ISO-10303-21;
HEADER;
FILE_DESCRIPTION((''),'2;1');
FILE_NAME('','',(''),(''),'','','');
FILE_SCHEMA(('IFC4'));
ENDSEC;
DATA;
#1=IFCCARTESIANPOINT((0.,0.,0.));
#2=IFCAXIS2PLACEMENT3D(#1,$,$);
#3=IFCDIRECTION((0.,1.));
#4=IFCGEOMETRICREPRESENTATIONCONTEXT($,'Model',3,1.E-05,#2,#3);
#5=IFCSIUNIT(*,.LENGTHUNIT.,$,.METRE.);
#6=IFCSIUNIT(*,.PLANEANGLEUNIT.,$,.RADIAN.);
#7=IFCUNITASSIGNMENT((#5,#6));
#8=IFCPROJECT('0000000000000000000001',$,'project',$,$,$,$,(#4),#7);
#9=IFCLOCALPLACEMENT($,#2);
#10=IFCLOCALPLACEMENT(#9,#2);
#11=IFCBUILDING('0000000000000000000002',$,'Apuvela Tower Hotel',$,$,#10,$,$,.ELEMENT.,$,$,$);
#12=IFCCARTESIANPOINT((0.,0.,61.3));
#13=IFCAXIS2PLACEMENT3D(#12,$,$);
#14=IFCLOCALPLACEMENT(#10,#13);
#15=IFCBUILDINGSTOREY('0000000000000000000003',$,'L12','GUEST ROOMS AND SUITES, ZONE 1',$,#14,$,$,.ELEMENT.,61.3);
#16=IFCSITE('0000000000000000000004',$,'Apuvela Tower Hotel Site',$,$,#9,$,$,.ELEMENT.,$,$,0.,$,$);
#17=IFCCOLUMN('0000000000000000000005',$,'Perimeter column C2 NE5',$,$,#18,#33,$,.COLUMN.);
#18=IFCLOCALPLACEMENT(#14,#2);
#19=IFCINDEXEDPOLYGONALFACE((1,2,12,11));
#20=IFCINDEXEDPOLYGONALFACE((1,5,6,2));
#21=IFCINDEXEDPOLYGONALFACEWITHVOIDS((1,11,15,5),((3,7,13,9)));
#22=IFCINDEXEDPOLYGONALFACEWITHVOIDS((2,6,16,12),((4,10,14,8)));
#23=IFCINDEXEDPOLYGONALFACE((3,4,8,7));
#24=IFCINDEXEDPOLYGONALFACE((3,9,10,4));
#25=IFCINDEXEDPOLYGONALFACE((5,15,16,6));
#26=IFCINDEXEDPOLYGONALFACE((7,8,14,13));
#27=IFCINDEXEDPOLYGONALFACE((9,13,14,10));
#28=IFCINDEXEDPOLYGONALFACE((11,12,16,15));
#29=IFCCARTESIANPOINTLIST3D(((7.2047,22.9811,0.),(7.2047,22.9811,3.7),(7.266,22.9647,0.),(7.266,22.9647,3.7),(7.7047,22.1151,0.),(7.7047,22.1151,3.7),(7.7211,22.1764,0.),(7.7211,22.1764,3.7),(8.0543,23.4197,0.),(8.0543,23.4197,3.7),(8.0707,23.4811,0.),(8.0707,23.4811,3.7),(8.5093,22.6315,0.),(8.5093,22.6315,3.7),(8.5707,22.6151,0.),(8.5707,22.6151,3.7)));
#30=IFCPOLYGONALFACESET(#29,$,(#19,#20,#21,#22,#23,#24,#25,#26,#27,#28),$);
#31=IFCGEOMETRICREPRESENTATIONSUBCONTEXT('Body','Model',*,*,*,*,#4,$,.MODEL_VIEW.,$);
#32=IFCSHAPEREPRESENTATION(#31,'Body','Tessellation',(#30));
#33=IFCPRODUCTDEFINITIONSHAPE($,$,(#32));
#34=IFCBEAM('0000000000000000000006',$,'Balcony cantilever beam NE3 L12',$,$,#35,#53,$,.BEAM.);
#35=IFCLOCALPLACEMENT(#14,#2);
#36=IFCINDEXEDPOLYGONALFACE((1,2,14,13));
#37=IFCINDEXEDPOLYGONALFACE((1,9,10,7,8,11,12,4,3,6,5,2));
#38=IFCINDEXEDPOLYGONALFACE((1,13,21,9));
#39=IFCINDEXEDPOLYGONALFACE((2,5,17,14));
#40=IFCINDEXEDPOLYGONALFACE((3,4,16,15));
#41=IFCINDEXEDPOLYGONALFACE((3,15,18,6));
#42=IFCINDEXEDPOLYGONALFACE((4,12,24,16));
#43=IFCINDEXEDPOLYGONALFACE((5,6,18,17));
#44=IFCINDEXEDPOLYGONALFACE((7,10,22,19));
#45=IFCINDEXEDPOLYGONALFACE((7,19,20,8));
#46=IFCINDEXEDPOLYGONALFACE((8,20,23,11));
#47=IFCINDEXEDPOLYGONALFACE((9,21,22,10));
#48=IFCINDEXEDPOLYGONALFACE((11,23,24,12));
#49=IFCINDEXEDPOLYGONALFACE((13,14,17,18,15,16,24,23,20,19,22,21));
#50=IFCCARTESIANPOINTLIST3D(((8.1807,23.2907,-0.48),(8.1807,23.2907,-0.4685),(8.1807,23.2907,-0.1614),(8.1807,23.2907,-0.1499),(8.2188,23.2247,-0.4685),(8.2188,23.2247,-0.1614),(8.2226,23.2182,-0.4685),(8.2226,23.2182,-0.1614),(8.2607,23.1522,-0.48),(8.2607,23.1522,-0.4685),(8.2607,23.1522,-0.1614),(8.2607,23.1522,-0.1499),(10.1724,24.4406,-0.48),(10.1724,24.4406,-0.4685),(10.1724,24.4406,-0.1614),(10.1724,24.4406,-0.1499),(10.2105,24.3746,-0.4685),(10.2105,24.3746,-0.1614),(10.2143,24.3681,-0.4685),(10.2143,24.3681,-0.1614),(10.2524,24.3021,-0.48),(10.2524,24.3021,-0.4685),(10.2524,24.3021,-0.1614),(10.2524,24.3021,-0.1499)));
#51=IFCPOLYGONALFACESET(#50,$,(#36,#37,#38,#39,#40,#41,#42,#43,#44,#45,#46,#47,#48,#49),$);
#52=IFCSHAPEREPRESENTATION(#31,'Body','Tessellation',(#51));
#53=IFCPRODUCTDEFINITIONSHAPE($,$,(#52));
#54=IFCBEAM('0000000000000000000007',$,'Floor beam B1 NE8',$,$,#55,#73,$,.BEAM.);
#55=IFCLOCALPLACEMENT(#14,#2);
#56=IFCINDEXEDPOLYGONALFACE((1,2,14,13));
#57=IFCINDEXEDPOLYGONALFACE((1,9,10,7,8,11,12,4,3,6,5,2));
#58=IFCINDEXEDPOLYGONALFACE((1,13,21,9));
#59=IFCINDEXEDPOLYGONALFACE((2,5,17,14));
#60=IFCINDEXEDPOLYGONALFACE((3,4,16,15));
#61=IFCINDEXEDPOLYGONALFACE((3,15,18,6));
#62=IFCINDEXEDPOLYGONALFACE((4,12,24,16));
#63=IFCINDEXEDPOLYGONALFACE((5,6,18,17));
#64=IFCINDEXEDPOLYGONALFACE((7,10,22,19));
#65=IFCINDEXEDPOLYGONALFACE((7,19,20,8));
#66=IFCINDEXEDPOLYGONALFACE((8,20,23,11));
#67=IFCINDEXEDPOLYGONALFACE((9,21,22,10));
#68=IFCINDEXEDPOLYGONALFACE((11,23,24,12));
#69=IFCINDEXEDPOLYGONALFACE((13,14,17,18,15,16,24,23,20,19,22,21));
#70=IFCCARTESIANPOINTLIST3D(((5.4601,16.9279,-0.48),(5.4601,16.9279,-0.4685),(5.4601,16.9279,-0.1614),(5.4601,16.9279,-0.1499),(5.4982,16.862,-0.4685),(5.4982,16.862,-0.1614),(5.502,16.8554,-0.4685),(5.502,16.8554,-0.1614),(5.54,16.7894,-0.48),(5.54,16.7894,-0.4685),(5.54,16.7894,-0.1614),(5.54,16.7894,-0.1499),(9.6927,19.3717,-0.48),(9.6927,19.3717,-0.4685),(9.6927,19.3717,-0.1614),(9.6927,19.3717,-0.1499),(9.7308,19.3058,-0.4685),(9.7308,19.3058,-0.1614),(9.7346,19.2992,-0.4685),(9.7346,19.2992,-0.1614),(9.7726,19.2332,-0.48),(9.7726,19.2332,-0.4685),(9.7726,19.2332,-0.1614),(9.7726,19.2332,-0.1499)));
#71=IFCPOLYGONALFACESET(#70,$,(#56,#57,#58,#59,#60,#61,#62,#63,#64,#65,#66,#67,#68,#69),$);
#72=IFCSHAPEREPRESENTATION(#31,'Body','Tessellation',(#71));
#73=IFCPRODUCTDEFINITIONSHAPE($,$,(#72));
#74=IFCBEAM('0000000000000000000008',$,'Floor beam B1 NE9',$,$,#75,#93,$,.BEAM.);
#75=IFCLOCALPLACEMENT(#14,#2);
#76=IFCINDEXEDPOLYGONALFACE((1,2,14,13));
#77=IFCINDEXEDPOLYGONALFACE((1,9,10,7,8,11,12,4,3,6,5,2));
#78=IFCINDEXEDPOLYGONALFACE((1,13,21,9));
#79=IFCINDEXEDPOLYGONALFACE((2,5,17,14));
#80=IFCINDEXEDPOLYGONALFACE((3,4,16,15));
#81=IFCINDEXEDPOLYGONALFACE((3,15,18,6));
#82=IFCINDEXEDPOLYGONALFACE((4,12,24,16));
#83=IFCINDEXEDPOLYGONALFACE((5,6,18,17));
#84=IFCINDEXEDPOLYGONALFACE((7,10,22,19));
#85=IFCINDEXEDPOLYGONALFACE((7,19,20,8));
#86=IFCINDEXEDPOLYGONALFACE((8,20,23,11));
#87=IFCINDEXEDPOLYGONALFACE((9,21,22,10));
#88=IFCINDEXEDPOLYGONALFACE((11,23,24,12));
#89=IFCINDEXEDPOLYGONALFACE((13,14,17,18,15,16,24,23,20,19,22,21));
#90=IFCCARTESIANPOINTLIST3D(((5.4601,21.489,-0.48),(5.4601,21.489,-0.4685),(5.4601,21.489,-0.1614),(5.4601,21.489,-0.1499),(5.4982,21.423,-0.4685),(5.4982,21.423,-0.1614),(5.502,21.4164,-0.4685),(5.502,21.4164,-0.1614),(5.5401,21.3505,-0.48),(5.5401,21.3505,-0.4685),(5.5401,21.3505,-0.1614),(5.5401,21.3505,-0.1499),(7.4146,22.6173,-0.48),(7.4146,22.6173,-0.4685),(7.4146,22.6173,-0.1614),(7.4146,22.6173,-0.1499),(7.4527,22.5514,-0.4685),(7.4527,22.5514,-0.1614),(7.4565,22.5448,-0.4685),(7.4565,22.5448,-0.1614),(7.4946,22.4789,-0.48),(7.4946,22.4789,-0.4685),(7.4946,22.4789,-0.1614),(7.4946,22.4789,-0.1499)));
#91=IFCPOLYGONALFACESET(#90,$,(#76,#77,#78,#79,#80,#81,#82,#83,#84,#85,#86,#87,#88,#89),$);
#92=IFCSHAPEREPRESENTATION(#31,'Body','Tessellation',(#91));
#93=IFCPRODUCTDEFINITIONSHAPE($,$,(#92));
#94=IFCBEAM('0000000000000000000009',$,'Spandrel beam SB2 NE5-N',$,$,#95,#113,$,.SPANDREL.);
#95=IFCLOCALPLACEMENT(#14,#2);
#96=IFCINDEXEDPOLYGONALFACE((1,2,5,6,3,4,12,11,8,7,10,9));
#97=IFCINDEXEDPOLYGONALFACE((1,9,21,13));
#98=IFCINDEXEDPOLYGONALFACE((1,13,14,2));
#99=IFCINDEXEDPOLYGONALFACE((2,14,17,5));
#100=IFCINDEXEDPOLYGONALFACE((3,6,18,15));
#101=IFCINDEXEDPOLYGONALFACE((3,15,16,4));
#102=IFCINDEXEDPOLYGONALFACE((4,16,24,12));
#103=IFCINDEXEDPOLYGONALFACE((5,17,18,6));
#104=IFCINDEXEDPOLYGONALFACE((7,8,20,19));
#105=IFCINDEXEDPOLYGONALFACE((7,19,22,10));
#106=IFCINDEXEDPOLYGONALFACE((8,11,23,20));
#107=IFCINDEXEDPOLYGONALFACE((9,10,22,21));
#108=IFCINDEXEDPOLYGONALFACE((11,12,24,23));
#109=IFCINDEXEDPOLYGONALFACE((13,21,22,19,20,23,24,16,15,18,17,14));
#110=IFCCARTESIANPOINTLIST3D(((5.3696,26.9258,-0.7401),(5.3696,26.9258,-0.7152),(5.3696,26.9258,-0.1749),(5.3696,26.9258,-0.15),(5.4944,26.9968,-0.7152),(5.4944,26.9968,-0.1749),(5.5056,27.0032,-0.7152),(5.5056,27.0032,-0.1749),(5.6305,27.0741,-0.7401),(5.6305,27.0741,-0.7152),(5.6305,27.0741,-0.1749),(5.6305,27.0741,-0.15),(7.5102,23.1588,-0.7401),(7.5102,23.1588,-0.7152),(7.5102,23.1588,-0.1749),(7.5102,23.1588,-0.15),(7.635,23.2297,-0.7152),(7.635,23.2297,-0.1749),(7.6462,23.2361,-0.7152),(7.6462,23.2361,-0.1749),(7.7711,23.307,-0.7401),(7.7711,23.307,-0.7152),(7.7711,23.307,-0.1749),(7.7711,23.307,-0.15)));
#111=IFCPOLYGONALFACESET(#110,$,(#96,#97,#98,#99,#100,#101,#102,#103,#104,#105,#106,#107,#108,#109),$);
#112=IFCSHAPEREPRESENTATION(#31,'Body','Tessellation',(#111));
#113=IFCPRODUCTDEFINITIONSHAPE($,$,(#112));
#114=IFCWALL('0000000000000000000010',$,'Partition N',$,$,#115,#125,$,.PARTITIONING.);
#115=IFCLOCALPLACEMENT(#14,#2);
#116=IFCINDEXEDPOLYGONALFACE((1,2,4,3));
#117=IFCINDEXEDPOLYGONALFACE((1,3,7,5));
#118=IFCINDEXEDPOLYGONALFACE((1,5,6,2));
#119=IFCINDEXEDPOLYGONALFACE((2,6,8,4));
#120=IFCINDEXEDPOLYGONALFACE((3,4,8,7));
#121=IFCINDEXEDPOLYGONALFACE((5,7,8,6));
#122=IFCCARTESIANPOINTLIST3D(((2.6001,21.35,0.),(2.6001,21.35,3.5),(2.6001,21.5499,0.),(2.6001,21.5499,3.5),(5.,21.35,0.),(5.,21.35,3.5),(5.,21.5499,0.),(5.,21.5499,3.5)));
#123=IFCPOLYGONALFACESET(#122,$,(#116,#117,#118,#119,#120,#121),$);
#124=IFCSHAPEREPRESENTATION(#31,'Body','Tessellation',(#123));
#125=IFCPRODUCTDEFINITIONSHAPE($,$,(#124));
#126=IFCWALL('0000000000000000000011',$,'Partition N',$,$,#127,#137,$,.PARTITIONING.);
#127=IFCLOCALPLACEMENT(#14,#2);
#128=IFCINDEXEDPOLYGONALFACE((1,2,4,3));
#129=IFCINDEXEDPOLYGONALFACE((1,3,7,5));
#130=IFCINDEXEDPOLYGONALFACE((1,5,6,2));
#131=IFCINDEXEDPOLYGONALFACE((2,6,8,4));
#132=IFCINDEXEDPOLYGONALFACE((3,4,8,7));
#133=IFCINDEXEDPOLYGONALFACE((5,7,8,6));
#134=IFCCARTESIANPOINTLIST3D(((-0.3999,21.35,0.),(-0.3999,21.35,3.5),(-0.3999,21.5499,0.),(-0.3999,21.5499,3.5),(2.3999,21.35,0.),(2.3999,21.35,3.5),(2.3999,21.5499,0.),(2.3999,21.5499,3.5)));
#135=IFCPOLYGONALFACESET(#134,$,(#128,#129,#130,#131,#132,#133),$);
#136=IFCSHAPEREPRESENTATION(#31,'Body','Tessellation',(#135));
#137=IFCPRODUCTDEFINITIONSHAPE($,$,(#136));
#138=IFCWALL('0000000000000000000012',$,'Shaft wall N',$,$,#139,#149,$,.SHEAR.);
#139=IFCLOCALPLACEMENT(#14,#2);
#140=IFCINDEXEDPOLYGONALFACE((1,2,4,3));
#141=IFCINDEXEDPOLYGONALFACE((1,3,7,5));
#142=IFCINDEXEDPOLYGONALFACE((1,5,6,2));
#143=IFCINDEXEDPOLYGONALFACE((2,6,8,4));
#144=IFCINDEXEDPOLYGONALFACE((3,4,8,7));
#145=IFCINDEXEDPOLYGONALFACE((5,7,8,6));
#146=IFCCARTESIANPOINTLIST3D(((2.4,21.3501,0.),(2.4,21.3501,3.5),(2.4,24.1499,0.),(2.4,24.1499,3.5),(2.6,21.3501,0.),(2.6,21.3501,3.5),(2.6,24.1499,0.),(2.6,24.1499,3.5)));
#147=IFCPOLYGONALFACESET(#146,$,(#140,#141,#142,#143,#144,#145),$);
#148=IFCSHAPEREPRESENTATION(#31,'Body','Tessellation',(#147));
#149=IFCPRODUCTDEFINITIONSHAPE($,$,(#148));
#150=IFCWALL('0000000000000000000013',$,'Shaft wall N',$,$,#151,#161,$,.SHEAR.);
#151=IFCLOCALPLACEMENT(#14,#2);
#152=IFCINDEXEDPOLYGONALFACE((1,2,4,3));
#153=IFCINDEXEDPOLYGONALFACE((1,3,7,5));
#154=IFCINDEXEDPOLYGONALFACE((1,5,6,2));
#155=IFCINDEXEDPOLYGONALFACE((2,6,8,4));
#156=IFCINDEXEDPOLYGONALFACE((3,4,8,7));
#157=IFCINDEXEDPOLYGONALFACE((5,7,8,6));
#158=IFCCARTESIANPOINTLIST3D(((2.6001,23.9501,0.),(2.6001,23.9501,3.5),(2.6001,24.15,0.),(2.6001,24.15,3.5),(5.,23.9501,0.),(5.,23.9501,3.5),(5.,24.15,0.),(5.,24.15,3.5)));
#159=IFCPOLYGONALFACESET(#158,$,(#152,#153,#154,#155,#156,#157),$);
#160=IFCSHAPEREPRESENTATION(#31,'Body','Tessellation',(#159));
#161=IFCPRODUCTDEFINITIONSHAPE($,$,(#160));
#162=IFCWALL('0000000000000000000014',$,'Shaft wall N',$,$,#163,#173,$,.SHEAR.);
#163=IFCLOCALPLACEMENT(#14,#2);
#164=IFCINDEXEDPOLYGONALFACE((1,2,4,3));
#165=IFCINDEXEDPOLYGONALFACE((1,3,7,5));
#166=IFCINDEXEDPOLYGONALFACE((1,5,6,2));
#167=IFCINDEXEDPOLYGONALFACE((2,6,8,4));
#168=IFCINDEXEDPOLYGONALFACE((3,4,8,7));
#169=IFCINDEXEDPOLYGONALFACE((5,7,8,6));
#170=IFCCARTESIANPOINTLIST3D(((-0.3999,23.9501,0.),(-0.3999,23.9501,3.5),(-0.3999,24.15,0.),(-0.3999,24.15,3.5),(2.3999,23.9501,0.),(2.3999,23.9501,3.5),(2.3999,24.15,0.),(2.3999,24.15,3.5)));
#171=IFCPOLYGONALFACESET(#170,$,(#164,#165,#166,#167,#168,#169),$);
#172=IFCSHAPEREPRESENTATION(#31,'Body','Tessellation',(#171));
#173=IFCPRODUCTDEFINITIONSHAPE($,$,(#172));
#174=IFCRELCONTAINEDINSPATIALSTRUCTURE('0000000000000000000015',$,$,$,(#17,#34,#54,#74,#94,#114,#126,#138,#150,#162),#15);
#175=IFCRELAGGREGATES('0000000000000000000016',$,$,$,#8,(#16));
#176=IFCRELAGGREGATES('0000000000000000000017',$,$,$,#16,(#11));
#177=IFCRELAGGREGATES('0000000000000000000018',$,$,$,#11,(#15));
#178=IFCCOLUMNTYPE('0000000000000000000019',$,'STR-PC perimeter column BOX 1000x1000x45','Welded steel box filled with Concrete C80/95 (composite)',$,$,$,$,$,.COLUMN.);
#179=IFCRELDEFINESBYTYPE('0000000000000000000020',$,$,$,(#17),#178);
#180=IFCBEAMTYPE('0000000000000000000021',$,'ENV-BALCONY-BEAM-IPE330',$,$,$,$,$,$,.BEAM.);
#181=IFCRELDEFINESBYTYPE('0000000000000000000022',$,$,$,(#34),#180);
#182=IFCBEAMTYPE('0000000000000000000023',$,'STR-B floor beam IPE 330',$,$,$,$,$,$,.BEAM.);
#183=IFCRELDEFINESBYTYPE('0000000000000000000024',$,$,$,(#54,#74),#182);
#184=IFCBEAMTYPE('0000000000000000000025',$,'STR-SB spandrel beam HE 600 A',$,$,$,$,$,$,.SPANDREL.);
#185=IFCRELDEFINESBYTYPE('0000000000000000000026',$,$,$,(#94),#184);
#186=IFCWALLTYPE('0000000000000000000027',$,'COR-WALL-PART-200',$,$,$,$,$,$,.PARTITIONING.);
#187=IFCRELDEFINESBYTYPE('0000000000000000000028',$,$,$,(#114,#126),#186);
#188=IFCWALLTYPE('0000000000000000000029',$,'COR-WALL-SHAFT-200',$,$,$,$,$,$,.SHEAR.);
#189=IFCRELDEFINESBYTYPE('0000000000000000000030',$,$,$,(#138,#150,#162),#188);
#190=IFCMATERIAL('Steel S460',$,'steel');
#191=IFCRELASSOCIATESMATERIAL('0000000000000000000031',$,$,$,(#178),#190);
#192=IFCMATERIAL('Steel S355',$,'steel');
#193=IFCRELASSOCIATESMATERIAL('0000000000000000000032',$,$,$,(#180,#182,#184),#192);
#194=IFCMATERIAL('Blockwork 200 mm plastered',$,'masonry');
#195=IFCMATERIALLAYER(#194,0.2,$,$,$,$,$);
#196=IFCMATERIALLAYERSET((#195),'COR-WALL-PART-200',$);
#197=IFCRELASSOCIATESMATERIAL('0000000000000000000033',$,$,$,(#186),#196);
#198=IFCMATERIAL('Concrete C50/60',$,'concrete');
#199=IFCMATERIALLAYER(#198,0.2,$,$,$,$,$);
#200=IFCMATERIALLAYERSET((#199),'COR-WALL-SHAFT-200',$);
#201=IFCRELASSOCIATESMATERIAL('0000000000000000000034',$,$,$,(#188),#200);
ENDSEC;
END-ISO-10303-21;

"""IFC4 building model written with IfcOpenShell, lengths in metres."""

from ifc_helpers import new_model, si_unit, direction, frame, frame_2d, origin, origin_2d, place, context, subcontext, project, spatial, rectangle, hollow_rectangle, i_section, extrude, material, layer, layer_set, material_profile, profile_set, type_object, element, save


model = new_model("IFC4")

# Units and contexts
model_context = context("Model", 3, precision=1e-05, world=origin(), true_north=direction((0.0, 1.0)))
body_context = subcontext(model_context, "Body", "Model", "MODEL_VIEW")
ifc_project = project(units=[si_unit("LENGTHUNIT", "METRE"), si_unit("PLANEANGLEUNIT", "RADIAN")], contexts=[model_context])

# Site, building, storey
site_placement = place(None, origin())
site = spatial("IfcSite", under=ifc_project, at=site_placement, Name="Apuvela Tower Hotel Site", CompositionType="ELEMENT", RefElevation=0.0)
building_placement = place(site_placement, origin())
building = spatial("IfcBuilding", under=site, at=building_placement, Name="Apuvela Tower Hotel", CompositionType="ELEMENT")
storey_placement = place(building_placement, frame((0.0, 0.0, 61.3)))
storey = spatial("IfcBuildingStorey", under=building, at=storey_placement, Name="L12", Description="GUEST ROOMS AND SUITES, ZONE 1", CompositionType="ELEMENT", Elevation=61.3)

# Column
ifc_material_1 = material(Name="Steel S460", Category="steel")
ifc_material_profile_1 = material_profile(ifc_material_1, hollow_rectangle(XDim=1.0, YDim=1.0, WallThickness=0.0449, at=origin_2d()), Name="BOX 1000x1000x45")
ifc_material_2 = material(Name="Concrete C80/95", Category="concrete")
ifc_material_profile_2 = material_profile(ifc_material_2, rectangle(XDim=0.9099, YDim=0.9099, at=origin_2d()), Name="Concrete C80/95 infill")
ifc_profile_set_1 = profile_set([ifc_material_profile_1, ifc_material_profile_2], Name="Steel S460")
column_type = type_object("IfcColumnType", Name="STR-PC perimeter column BOX 1000x1000x45", Description="Welded steel box filled with Concrete C80/95 (composite)", PredefinedType="COLUMN", material=ifc_profile_set_1)
column_placement = place(storey_placement, frame((7.8877, 22.7981, 0.0), z_axis=(0.0, 0.0, 1.0), x_axis=(-0.5, 0.866025, 0.0)))
element("IfcColumn", 1, at=column_placement, inside=storey, type_object=column_type, Name="Perimeter column C2 NE5", PredefinedType="COLUMN", context=body_context, shape_type="SweptSolid", body=[
    extrude(hollow_rectangle(XDim=1.0, YDim=1.0, WallThickness=0.0449, at=origin_2d()), origin(), (0.0, 0.0, 1.0), 3.7),
])

# Beams
ifc_material_3 = material(Name="Steel S355", Category="steel")
ifc_material_profile_3 = material_profile(ifc_material_3, i_section(OverallWidth=0.1599, OverallDepth=0.3301, WebThickness=0.0076, FlangeThickness=0.0115, at=origin_2d()), Name="IPE 330")
ifc_profile_set_2 = profile_set([ifc_material_profile_3], Name="Steel S355")
beam_type_1 = type_object("IfcBeamType", Name="ENV-BALCONY-BEAM-IPE330", PredefinedType="BEAM", material=ifc_profile_set_2)
beam_1_placement = place(storey_placement, frame((8.2207, 23.2214, -0.3149), z_axis=(0.866026, 0.499998, 0.0), x_axis=(-0.499998, 0.866026, 0.0)))
element("IfcBeam", 2, at=beam_1_placement, inside=storey, type_object=beam_type_1, Name="Balcony cantilever beam NE3 L12", PredefinedType="BEAM", context=body_context, shape_type="SweptSolid", body=[
    extrude(i_section(OverallWidth=0.1599, OverallDepth=0.3301, WebThickness=0.0076, FlangeThickness=0.0115, at=origin_2d()), origin(), (0.0, 0.0, 1.0), 2.2998),
])
ifc_material_profile_4 = material_profile(ifc_material_3, i_section(OverallWidth=0.1599, OverallDepth=0.3301, WebThickness=0.0076, FlangeThickness=0.0115, at=origin_2d()), Name="IPE 330")
ifc_profile_set_3 = profile_set([ifc_material_profile_4], Name="Steel S355")
beam_type_2 = type_object("IfcBeamType", Name="STR-B floor beam IPE 330", PredefinedType="BEAM", material=ifc_profile_set_3)
beam_2_placement = place(storey_placement, frame((9.7327, 19.3025, -0.3149), z_axis=(-0.866015, -0.500018, 0.0), x_axis=(0.500018, -0.866015, 0.0)))
element("IfcBeam", 3, at=beam_2_placement, inside=storey, type_object=beam_type_2, Name="Floor beam B1 NE8", PredefinedType="BEAM", context=body_context, shape_type="SweptSolid", body=[
    extrude(i_section(OverallWidth=0.1599, OverallDepth=0.3301, WebThickness=0.0076, FlangeThickness=0.0115, at=origin_2d()), origin(), (0.0, 0.0, 1.0), 4.8875),
])
beam_3_placement = place(storey_placement, frame((7.4546, 22.5481, -0.3149), z_axis=(-0.866038, -0.499978, 0.0), x_axis=(0.499978, -0.866038, 0.0)))
element("IfcBeam", 4, at=beam_3_placement, inside=storey, type_object=beam_type_2, Name="Floor beam B1 NE9", PredefinedType="BEAM", context=body_context, shape_type="SweptSolid", body=[
    extrude(i_section(OverallWidth=0.1599, OverallDepth=0.3301, WebThickness=0.0076, FlangeThickness=0.0115, at=origin_2d()), origin(), (0.0, 0.0, 1.0), 2.2568),
])
ifc_material_profile_5 = material_profile(ifc_material_3, i_section(OverallWidth=0.3, OverallDepth=0.5901, WebThickness=0.0129, FlangeThickness=0.0249, at=origin_2d()), Name="HE 600 A")
ifc_profile_set_4 = profile_set([ifc_material_profile_5], Name="Steel S355")
beam_type_3 = type_object("IfcBeamType", Name="STR-SB spandrel beam HE 600 A", PredefinedType="SPANDREL", material=ifc_profile_set_4)
beam_4_placement = place(storey_placement, frame((7.6406, 23.2329, -0.4451), z_axis=(-0.49405, 0.869433, 0.0), x_axis=(-0.869433, -0.49405, 0.0)))
element("IfcBeam", 5, at=beam_4_placement, inside=storey, type_object=beam_type_3, Name="Spandrel beam SB2 NE5-N", PredefinedType="SPANDREL", context=body_context, shape_type="SweptSolid", body=[
    extrude(i_section(OverallWidth=0.3, OverallDepth=0.5901, WebThickness=0.0129, FlangeThickness=0.0249, at=origin_2d()), origin(), (0.0, 0.0, 1.0), 4.3328),
])

# Walls
ifc_material_4 = material(Name="Blockwork 200 mm plastered", Category="masonry")
ifc_layer_1 = layer(ifc_material_4, 0.2)
ifc_layer_set_1 = layer_set([ifc_layer_1], Name="COR-WALL-PART-200")
wall_type_1 = type_object("IfcWallType", Name="COR-WALL-PART-200", PredefinedType="PARTITIONING", material=ifc_layer_set_1)
wall_1_placement = place(storey_placement, frame((5.0, 21.45, 0.0), z_axis=(0.0, 0.0, 1.0), x_axis=(-1.0, 0.0, 0.0)))
element("IfcWall", 6, at=wall_1_placement, inside=storey, type_object=wall_type_1, Name="Partition N", PredefinedType="PARTITIONING", context=body_context, shape_type="SweptSolid", body=[
    extrude(rectangle(XDim=2.3999, YDim=0.2, at=frame_2d((1.2, 0.0))), origin(), (0.0, 0.0, 1.0), 3.5),
])
wall_2_placement = place(storey_placement, frame((2.3999, 21.45, 0.0), z_axis=(0.0, 0.0, 1.0), x_axis=(-1.0, 0.0, 0.0)))
element("IfcWall", 7, at=wall_2_placement, inside=storey, type_object=wall_type_1, Name="Partition N", PredefinedType="PARTITIONING", context=body_context, shape_type="SweptSolid", body=[
    extrude(rectangle(XDim=2.7998, YDim=0.2, at=frame_2d((1.3999, 0.0))), origin(), (0.0, 0.0, 1.0), 3.5),
])
ifc_material_5 = material(Name="Concrete C50/60", Category="concrete")
ifc_layer_2 = layer(ifc_material_5, 0.2)
ifc_layer_set_2 = layer_set([ifc_layer_2], Name="COR-WALL-SHAFT-200")
wall_type_2 = type_object("IfcWallType", Name="COR-WALL-SHAFT-200", PredefinedType="SHEAR", material=ifc_layer_set_2)
wall_3_placement = place(storey_placement, frame((2.5, 21.3501, 0.0), z_axis=(0.0, 0.0, 1.0), x_axis=(0.0, 1.0, 0.0)))
element("IfcWall", 8, at=wall_3_placement, inside=storey, type_object=wall_type_2, Name="Shaft wall N", PredefinedType="SHEAR", context=body_context, shape_type="SweptSolid", body=[
    extrude(rectangle(XDim=2.7998, YDim=0.2, at=frame_2d((1.3999, 0.0))), origin(), (0.0, 0.0, 1.0), 3.5),
])
wall_4_placement = place(storey_placement, frame((5.0, 24.05, 0.0), z_axis=(0.0, 0.0, 1.0), x_axis=(-1.0, 0.0, 0.0)))
element("IfcWall", 9, at=wall_4_placement, inside=storey, type_object=wall_type_2, Name="Shaft wall N", PredefinedType="SHEAR", context=body_context, shape_type="SweptSolid", body=[
    extrude(rectangle(XDim=2.3999, YDim=0.2, at=frame_2d((1.2, 0.0))), origin(), (0.0, 0.0, 1.0), 3.5),
])
wall_5_placement = place(storey_placement, frame((2.3999, 24.05, 0.0), z_axis=(0.0, 0.0, 1.0), x_axis=(-1.0, 0.0, 0.0)))
element("IfcWall", 10, at=wall_5_placement, inside=storey, type_object=wall_type_2, Name="Shaft wall N", PredefinedType="SHEAR", context=body_context, shape_type="SweptSolid", body=[
    extrude(rectangle(XDim=2.7998, YDim=0.2, at=frame_2d((1.3999, 0.0))), origin(), (0.0, 0.0, 1.0), 3.5),
])

save(model, "model.ifc")
